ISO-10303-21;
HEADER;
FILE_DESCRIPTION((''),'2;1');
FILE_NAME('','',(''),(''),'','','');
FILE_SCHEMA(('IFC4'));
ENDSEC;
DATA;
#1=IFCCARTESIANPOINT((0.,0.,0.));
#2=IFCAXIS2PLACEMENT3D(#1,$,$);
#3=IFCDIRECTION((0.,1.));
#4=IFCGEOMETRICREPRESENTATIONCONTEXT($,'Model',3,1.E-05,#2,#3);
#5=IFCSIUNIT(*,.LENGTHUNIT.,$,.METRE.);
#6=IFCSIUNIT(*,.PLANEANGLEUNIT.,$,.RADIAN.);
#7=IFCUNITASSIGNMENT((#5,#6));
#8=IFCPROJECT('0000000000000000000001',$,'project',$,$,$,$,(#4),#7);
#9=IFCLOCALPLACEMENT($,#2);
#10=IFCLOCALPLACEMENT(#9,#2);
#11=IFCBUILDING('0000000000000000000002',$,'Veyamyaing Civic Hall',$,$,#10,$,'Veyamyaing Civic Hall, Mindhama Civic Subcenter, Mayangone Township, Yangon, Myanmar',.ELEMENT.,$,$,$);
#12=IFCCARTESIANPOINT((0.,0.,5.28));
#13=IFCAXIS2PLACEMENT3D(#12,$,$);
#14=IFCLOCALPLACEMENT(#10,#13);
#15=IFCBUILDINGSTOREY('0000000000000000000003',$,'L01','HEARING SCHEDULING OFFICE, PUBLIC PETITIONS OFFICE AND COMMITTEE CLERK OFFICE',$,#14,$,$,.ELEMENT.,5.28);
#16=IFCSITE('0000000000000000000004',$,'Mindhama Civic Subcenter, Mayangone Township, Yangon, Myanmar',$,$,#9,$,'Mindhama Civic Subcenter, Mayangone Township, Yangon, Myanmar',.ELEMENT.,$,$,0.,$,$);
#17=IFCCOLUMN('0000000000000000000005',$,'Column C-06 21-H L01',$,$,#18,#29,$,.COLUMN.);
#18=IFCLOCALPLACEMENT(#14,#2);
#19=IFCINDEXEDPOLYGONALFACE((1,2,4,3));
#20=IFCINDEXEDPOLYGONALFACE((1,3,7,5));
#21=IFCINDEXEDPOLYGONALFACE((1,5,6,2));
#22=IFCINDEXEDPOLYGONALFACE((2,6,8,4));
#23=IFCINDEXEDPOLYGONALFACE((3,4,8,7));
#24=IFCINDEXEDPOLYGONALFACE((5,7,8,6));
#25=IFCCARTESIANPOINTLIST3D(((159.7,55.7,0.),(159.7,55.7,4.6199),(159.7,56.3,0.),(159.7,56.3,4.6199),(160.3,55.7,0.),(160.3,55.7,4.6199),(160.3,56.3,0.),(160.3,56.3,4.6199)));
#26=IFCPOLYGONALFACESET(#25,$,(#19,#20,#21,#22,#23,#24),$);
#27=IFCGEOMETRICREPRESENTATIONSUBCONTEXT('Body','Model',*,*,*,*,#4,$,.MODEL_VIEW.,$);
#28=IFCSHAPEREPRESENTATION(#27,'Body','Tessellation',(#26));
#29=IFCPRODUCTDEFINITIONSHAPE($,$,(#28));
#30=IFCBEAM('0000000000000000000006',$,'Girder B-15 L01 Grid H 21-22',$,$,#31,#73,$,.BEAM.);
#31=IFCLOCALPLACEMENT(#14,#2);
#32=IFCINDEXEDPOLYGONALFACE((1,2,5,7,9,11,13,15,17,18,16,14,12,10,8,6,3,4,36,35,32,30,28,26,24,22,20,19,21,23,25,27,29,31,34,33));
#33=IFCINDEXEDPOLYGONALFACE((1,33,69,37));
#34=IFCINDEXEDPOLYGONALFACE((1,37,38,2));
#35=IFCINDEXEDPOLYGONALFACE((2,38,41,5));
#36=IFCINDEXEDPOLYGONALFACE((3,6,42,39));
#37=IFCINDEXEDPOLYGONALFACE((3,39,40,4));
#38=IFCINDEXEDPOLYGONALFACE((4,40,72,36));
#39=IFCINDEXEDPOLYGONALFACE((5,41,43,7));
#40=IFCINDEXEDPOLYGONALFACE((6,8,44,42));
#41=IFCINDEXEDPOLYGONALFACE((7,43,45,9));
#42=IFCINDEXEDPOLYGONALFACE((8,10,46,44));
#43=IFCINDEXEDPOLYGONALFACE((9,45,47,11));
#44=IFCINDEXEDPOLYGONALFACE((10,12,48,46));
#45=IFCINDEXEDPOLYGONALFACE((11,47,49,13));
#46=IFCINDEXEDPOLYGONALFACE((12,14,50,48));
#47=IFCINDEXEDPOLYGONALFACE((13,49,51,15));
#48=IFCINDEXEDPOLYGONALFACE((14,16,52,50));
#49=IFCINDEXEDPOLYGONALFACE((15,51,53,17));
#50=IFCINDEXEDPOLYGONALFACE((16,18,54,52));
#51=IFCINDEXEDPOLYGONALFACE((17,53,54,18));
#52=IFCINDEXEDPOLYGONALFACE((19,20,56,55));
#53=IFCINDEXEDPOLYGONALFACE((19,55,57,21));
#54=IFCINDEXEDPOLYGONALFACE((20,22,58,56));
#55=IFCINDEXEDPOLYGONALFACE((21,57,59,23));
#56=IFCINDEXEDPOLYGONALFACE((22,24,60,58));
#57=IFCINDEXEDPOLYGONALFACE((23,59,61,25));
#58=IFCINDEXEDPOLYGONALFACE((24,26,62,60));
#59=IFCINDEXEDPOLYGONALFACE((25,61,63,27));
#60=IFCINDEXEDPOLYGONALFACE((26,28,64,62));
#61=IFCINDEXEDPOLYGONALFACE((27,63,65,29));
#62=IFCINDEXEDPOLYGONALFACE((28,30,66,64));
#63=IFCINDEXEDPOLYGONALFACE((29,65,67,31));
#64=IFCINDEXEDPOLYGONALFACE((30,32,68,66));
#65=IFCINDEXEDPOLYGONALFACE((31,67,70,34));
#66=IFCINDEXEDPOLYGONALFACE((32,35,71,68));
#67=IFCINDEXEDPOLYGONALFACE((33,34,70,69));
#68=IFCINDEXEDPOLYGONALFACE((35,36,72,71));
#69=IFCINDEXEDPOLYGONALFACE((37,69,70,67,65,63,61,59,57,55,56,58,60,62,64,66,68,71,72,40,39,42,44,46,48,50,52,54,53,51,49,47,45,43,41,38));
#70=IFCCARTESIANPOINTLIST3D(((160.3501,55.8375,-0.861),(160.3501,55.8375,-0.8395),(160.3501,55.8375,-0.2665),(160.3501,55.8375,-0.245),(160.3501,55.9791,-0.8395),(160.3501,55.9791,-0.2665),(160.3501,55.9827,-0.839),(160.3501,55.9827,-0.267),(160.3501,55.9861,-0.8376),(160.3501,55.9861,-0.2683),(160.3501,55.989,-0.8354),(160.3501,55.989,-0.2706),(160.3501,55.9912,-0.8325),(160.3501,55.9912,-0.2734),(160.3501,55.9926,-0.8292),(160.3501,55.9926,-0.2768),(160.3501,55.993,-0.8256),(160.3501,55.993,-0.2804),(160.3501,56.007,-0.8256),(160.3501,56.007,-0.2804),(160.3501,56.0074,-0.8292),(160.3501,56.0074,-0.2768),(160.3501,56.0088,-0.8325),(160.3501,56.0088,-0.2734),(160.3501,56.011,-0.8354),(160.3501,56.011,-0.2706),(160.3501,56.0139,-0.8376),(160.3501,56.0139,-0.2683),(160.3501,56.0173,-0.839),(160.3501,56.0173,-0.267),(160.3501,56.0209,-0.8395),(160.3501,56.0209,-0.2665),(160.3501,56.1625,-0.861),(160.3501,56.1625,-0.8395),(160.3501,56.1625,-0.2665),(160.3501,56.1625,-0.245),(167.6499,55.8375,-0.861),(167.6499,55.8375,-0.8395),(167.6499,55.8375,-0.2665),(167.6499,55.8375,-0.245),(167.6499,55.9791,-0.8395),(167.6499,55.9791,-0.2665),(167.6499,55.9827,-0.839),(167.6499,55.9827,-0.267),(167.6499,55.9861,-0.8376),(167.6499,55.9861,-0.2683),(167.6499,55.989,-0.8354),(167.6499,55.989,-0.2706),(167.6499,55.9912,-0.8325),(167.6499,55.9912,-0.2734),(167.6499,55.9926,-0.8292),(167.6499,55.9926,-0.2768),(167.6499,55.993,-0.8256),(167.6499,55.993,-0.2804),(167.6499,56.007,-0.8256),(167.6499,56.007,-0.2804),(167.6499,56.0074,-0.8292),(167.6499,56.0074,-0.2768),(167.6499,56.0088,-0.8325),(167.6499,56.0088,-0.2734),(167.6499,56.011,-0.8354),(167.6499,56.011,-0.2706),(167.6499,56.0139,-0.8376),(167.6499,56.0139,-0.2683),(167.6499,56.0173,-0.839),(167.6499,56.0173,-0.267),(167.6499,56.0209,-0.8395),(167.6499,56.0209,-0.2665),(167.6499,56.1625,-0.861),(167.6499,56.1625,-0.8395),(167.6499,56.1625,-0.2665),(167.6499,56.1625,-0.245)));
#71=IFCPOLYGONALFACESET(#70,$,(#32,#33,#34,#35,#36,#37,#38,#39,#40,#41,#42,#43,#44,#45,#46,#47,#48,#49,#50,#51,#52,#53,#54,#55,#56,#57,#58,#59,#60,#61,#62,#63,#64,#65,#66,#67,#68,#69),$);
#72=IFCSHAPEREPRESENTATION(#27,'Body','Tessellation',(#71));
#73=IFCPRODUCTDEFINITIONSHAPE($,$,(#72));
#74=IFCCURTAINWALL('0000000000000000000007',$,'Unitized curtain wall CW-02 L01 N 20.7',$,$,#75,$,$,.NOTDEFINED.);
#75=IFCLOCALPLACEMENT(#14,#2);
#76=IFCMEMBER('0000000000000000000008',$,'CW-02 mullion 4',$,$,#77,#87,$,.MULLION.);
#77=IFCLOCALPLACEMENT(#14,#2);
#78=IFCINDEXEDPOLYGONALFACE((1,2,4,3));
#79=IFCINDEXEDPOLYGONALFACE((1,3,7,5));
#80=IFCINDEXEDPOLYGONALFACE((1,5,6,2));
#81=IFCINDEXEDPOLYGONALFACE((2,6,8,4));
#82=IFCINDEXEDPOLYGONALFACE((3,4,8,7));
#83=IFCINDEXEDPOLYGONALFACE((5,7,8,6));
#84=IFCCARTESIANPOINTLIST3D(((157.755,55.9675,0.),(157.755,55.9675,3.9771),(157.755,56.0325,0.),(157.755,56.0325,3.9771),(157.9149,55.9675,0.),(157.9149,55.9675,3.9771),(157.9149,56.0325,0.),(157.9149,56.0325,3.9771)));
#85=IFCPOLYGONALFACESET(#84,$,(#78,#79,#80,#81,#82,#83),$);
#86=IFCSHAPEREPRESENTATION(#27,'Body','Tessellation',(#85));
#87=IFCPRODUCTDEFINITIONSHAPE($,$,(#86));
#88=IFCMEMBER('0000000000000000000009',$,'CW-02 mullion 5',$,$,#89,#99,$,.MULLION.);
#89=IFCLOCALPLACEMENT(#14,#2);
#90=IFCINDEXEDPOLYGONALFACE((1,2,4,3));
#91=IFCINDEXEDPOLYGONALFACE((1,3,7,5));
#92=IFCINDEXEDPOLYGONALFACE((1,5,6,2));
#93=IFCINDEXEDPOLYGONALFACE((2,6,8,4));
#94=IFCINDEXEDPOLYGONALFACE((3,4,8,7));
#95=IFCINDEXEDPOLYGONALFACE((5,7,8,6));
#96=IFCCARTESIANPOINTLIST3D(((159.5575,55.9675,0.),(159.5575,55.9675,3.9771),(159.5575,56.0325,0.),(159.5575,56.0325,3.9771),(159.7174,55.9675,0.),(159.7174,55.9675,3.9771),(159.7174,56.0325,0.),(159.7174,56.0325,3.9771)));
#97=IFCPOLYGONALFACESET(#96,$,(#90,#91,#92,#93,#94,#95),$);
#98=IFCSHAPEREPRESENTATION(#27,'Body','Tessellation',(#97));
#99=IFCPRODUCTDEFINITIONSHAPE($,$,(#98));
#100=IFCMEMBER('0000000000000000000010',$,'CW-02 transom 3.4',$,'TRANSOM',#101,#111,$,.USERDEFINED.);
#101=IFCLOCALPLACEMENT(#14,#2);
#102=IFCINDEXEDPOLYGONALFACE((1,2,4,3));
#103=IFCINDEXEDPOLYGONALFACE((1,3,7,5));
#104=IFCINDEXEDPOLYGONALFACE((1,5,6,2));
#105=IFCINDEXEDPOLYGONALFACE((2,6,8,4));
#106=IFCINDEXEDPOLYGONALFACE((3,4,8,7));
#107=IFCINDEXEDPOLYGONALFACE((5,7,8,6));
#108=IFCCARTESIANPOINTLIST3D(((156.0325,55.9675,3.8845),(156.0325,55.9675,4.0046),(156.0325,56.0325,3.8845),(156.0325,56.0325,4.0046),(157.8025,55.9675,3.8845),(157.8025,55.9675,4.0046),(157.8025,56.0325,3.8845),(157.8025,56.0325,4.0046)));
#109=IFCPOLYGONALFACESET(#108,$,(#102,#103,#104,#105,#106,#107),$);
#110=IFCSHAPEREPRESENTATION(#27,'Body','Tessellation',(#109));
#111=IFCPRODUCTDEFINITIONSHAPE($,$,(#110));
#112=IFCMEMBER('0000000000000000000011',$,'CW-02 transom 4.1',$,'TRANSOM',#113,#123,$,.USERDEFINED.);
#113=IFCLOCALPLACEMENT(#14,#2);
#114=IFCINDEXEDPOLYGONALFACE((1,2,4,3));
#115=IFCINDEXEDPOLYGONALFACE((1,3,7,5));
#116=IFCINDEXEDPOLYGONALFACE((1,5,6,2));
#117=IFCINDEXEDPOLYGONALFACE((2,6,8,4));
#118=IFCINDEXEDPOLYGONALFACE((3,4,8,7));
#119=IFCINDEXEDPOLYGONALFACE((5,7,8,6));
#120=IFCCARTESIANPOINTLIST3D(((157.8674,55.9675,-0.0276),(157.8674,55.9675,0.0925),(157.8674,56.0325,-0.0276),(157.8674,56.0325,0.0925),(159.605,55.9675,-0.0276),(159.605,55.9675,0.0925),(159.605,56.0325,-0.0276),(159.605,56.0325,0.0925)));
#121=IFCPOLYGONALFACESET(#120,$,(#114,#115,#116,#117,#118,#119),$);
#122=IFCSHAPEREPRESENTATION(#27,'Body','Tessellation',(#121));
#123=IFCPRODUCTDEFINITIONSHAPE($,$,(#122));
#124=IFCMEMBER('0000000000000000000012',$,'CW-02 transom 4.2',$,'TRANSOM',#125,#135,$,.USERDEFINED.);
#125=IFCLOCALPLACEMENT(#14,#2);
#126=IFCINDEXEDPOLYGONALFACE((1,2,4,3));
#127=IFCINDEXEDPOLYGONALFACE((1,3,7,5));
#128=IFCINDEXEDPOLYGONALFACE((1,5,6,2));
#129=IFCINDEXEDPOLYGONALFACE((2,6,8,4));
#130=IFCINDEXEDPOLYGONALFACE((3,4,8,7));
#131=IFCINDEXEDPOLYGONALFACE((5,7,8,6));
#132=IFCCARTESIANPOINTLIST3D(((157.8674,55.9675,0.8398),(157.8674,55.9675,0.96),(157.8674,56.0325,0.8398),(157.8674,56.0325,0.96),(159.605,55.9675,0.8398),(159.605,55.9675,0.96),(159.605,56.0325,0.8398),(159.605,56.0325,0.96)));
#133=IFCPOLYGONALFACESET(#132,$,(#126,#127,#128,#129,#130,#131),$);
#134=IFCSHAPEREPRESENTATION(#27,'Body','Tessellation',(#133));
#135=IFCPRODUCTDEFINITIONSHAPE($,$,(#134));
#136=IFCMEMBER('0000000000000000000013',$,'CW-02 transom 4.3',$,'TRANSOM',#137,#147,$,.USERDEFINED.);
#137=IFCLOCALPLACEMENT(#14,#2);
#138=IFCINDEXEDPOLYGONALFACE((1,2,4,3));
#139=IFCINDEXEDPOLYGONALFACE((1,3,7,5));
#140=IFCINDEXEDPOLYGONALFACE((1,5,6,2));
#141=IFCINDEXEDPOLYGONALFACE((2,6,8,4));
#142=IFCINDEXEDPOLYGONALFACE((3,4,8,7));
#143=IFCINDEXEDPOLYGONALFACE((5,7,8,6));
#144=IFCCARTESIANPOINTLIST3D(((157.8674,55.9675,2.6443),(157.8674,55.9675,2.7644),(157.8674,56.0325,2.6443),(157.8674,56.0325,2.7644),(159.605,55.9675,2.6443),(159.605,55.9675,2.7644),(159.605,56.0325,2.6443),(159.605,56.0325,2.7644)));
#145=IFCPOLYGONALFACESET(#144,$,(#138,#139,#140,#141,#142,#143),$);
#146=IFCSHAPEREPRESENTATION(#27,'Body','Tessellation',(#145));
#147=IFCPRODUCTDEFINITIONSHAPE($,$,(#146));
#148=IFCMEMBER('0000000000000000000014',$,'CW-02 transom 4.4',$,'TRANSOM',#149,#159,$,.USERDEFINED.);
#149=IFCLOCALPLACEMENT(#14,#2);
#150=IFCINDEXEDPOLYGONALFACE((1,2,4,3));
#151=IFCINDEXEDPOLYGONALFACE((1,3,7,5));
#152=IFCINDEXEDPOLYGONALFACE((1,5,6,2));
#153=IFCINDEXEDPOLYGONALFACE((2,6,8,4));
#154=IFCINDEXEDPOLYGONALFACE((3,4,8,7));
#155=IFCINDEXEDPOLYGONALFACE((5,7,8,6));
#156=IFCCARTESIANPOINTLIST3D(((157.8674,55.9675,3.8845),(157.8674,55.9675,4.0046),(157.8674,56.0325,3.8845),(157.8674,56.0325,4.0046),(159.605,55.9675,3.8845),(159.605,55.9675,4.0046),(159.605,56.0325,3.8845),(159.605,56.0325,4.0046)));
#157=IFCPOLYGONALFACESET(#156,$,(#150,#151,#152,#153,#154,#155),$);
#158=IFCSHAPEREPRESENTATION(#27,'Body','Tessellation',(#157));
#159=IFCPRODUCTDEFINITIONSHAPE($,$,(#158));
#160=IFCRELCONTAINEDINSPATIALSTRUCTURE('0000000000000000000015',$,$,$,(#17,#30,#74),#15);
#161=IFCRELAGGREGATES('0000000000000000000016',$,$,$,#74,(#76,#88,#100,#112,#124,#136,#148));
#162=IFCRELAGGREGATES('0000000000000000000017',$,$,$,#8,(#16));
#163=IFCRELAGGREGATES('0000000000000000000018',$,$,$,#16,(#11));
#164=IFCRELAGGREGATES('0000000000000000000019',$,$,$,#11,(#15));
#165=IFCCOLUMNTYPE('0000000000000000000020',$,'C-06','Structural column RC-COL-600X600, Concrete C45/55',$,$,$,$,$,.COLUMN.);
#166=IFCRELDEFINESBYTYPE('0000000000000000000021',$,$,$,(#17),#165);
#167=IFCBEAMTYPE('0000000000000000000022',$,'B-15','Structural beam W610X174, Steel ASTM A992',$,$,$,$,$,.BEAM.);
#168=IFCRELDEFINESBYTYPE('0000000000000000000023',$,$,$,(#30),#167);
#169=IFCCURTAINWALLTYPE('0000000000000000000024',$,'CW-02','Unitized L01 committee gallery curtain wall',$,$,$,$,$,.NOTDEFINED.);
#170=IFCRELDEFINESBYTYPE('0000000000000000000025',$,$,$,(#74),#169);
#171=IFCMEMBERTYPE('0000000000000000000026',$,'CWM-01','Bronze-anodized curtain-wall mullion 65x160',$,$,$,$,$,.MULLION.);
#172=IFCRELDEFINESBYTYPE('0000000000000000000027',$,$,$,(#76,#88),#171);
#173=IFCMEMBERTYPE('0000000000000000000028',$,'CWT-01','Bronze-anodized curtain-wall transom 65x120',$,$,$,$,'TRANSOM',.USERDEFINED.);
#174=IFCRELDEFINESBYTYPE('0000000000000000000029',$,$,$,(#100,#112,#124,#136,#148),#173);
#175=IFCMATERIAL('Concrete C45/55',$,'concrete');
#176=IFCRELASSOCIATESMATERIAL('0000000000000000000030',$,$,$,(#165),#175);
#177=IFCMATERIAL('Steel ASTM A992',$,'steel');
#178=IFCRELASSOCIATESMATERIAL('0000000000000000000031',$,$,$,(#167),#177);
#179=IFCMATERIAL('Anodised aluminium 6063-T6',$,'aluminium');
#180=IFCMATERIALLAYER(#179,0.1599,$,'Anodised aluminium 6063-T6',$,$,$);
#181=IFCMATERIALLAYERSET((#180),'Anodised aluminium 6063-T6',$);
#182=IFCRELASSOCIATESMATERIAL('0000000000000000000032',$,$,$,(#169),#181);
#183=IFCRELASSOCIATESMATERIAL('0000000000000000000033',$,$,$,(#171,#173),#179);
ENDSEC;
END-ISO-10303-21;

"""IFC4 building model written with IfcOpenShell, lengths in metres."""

from ifc_helpers import new_model, si_unit, direction, frame, origin, origin_2d, place, context, subcontext, project, spatial, rectangle, i_section, extrude, material, layer, layer_set, material_profile, profile_set, type_object, element, aggregate, save


model = new_model("IFC4")

# Units and contexts
model_context = context("Model", 3, precision=1e-05, world=origin(), true_north=direction((0.0, 1.0)))
body_context = subcontext(model_context, "Body", "Model", "MODEL_VIEW")
ifc_project = project(units=[si_unit("LENGTHUNIT", "METRE"), si_unit("PLANEANGLEUNIT", "RADIAN")], contexts=[model_context])

# Site, building, storey
site_placement = place(None, origin())
site = spatial("IfcSite", under=ifc_project, at=site_placement, Name="Mindhama Civic Subcenter, Mayangone Township, Yangon, Myanmar", LongName="Mindhama Civic Subcenter, Mayangone Township, Yangon, Myanmar", CompositionType="ELEMENT", RefElevation=0.0)
building_placement = place(site_placement, origin())
building = spatial("IfcBuilding", under=site, at=building_placement, Name="Veyamyaing Civic Hall", LongName="Veyamyaing Civic Hall, Mindhama Civic Subcenter, Mayangone Township, Yangon, Myanmar", CompositionType="ELEMENT")
storey_placement = place(building_placement, frame((0.0, 0.0, 5.28)))
storey = spatial("IfcBuildingStorey", under=building, at=storey_placement, Name="L01", Description="HEARING SCHEDULING OFFICE, PUBLIC PETITIONS OFFICE AND COMMITTEE CLERK OFFICE", CompositionType="ELEMENT", Elevation=5.28)

# Column
ifc_material_1 = material(Name="Concrete C45/55", Category="concrete")
ifc_material_profile_1 = material_profile(ifc_material_1, rectangle(XDim=0.6001, YDim=0.6001, at=origin_2d()), Name="RC-COL-600X600")
ifc_profile_set_1 = profile_set([ifc_material_profile_1], Name="Concrete C45/55")
column_type = type_object("IfcColumnType", Name="C-06", Description="Structural column RC-COL-600X600, Concrete C45/55", PredefinedType="COLUMN", material=ifc_profile_set_1)
column_placement = place(storey_placement, frame((160.0, 56.0, 0.0), z_axis=(0.0, 0.0, 1.0), x_axis=(1.0, 0.0, 0.0)))
element("IfcColumn", 1, at=column_placement, inside=storey, type_object=column_type, Name="Column C-06 21-H L01", PredefinedType="COLUMN", context=body_context, shape_type="SweptSolid", body=[
    extrude(rectangle(XDim=0.6001, YDim=0.6001, at=origin_2d()), origin(), (0.0, 0.0, 1.0), 4.6199),
])

# Beam
ifc_material_2 = material(Name="Steel ASTM A992", Category="steel")
ifc_material_profile_2 = material_profile(ifc_material_2, i_section(OverallWidth=0.325, OverallDepth=0.616, WebThickness=0.0139, FlangeThickness=0.0215, FilletRadius=0.0139, at=origin_2d()), Name="W610X174")
ifc_profile_set_2 = profile_set([ifc_material_profile_2], Name="Steel ASTM A992")
beam_type_1 = type_object("IfcBeamType", Name="B-15", Description="Structural beam W610X174, Steel ASTM A992", PredefinedType="BEAM", material=ifc_profile_set_2)
beam_placement = place(storey_placement, frame((160.3501, 56.0, -0.553), z_axis=(1.0, 0.0, 0.0), x_axis=(0.0, 1.0, 0.0)))
element("IfcBeam", 2, at=beam_placement, inside=storey, type_object=beam_type_1, Name="Girder B-15 L01 Grid H 21-22", PredefinedType="BEAM", context=body_context, shape_type="SweptSolid", body=[
    extrude(i_section(OverallWidth=0.325, OverallDepth=0.616, WebThickness=0.0139, FlangeThickness=0.0215, FilletRadius=0.0139, at=origin_2d()), origin(), (0.0, 0.0, 1.0), 7.2998),
])

# Curtain wall, members
ifc_material_3 = material(Name="Anodised aluminium 6063-T6", Category="aluminium")
ifc_layer_1 = layer(ifc_material_3, 0.1599, Name="Anodised aluminium 6063-T6")
ifc_layer_set_1 = layer_set([ifc_layer_1], Name="Anodised aluminium 6063-T6")
curtain_wall_type = type_object("IfcCurtainWallType", Name="CW-02", Description="Unitized L01 committee gallery curtain wall", PredefinedType="NOTDEFINED", material=ifc_layer_set_1)
curtain_wall_placement = place(storey_placement, origin())
curtain_wall = element("IfcCurtainWall", 3, at=curtain_wall_placement, inside=storey, type_object=curtain_wall_type, Name="Unitized curtain wall CW-02 L01 N 20.7", PredefinedType="NOTDEFINED")
ifc_material_profile_3 = material_profile(ifc_material_3, rectangle(XDim=0.0649, YDim=0.1599, at=origin_2d()), Name="ALU-MUL-65X160")
ifc_profile_set_3 = profile_set([ifc_material_profile_3], Name="Anodised aluminium 6063-T6")
member_type_1 = type_object("IfcMemberType", Name="CWM-01", Description="Bronze-anodized curtain-wall mullion 65x160", PredefinedType="MULLION", material=ifc_profile_set_3)
member_1_placement = place(storey_placement, frame((157.835, 56.0, 0.0), z_axis=(0.0, 0.0, 1.0), x_axis=(0.0, 1.0, 0.0)))
member_1 = element("IfcMember", 4, at=member_1_placement, type_object=member_type_1, Name="CW-02 mullion 4", PredefinedType="MULLION", context=body_context, shape_type="SweptSolid", body=[
    extrude(rectangle(XDim=0.0649, YDim=0.1599, at=origin_2d()), origin(), (0.0, 0.0, 1.0), 3.9771),
])
member_2_placement = place(storey_placement, frame((159.6375, 56.0, 0.0), z_axis=(0.0, 0.0, 1.0), x_axis=(0.0, 1.0, 0.0)))
member_2 = element("IfcMember", 5, at=member_2_placement, type_object=member_type_1, Name="CW-02 mullion 5", PredefinedType="MULLION", context=body_context, shape_type="SweptSolid", body=[
    extrude(rectangle(XDim=0.0649, YDim=0.1599, at=origin_2d()), origin(), (0.0, 0.0, 1.0), 3.9771),
])
ifc_material_profile_4 = material_profile(ifc_material_3, rectangle(XDim=0.0649, YDim=0.1201, at=origin_2d()), Name="ALU-TRN-65X120")
ifc_profile_set_4 = profile_set([ifc_material_profile_4], Name="Anodised aluminium 6063-T6")
member_type_2 = type_object("IfcMemberType", Name="CWT-01", Description="Bronze-anodized curtain-wall transom 65x120", ElementType="TRANSOM", PredefinedType="USERDEFINED", material=ifc_profile_set_4)
member_3_placement = place(storey_placement, frame((156.0325, 56.0, 3.9446), z_axis=(1.0, 0.0, 0.0), x_axis=(0.0, 1.0, 0.0)))
member_3 = element("IfcMember", 6, at=member_3_placement, type_object=member_type_2, Name="CW-02 transom 3.4", ObjectType="TRANSOM", PredefinedType="USERDEFINED", context=body_context, shape_type="SweptSolid", body=[
    extrude(rectangle(XDim=0.0649, YDim=0.1201, at=origin_2d()), origin(), (0.0, 0.0, 1.0), 1.77),
])
member_4_placement = place(storey_placement, frame((157.8674, 56.0, 0.0325), z_axis=(1.0, 0.0, 0.0), x_axis=(0.0, 1.0, 0.0)))
member_4 = element("IfcMember", 7, at=member_4_placement, type_object=member_type_2, Name="CW-02 transom 4.1", ObjectType="TRANSOM", PredefinedType="USERDEFINED", context=body_context, shape_type="SweptSolid", body=[
    extrude(rectangle(XDim=0.0649, YDim=0.1201, at=origin_2d()), origin(), (0.0, 0.0, 1.0), 1.7375),
])
member_5_placement = place(storey_placement, frame((157.8674, 56.0, 0.8999), z_axis=(1.0, 0.0, 0.0), x_axis=(0.0, 1.0, 0.0)))
member_5 = element("IfcMember", 8, at=member_5_placement, type_object=member_type_2, Name="CW-02 transom 4.2", ObjectType="TRANSOM", PredefinedType="USERDEFINED", context=body_context, shape_type="SweptSolid", body=[
    extrude(rectangle(XDim=0.0649, YDim=0.1201, at=origin_2d()), origin(), (0.0, 0.0, 1.0), 1.7375),
])
member_6_placement = place(storey_placement, frame((157.8674, 56.0, 2.7043), z_axis=(1.0, 0.0, 0.0), x_axis=(0.0, 1.0, 0.0)))
member_6 = element("IfcMember", 9, at=member_6_placement, type_object=member_type_2, Name="CW-02 transom 4.3", ObjectType="TRANSOM", PredefinedType="USERDEFINED", context=body_context, shape_type="SweptSolid", body=[
    extrude(rectangle(XDim=0.0649, YDim=0.1201, at=origin_2d()), origin(), (0.0, 0.0, 1.0), 1.7375),
])
member_7_placement = place(storey_placement, frame((157.8674, 56.0, 3.9446), z_axis=(1.0, 0.0, 0.0), x_axis=(0.0, 1.0, 0.0)))
member_7 = element("IfcMember", 10, at=member_7_placement, type_object=member_type_2, Name="CW-02 transom 4.4", ObjectType="TRANSOM", PredefinedType="USERDEFINED", context=body_context, shape_type="SweptSolid", body=[
    extrude(rectangle(XDim=0.0649, YDim=0.1201, at=origin_2d()), origin(), (0.0, 0.0, 1.0), 1.7375),
])

aggregate(curtain_wall, [member_1, member_2, member_3, member_4, member_5, member_6, member_7])

save(model, "model.ifc")
